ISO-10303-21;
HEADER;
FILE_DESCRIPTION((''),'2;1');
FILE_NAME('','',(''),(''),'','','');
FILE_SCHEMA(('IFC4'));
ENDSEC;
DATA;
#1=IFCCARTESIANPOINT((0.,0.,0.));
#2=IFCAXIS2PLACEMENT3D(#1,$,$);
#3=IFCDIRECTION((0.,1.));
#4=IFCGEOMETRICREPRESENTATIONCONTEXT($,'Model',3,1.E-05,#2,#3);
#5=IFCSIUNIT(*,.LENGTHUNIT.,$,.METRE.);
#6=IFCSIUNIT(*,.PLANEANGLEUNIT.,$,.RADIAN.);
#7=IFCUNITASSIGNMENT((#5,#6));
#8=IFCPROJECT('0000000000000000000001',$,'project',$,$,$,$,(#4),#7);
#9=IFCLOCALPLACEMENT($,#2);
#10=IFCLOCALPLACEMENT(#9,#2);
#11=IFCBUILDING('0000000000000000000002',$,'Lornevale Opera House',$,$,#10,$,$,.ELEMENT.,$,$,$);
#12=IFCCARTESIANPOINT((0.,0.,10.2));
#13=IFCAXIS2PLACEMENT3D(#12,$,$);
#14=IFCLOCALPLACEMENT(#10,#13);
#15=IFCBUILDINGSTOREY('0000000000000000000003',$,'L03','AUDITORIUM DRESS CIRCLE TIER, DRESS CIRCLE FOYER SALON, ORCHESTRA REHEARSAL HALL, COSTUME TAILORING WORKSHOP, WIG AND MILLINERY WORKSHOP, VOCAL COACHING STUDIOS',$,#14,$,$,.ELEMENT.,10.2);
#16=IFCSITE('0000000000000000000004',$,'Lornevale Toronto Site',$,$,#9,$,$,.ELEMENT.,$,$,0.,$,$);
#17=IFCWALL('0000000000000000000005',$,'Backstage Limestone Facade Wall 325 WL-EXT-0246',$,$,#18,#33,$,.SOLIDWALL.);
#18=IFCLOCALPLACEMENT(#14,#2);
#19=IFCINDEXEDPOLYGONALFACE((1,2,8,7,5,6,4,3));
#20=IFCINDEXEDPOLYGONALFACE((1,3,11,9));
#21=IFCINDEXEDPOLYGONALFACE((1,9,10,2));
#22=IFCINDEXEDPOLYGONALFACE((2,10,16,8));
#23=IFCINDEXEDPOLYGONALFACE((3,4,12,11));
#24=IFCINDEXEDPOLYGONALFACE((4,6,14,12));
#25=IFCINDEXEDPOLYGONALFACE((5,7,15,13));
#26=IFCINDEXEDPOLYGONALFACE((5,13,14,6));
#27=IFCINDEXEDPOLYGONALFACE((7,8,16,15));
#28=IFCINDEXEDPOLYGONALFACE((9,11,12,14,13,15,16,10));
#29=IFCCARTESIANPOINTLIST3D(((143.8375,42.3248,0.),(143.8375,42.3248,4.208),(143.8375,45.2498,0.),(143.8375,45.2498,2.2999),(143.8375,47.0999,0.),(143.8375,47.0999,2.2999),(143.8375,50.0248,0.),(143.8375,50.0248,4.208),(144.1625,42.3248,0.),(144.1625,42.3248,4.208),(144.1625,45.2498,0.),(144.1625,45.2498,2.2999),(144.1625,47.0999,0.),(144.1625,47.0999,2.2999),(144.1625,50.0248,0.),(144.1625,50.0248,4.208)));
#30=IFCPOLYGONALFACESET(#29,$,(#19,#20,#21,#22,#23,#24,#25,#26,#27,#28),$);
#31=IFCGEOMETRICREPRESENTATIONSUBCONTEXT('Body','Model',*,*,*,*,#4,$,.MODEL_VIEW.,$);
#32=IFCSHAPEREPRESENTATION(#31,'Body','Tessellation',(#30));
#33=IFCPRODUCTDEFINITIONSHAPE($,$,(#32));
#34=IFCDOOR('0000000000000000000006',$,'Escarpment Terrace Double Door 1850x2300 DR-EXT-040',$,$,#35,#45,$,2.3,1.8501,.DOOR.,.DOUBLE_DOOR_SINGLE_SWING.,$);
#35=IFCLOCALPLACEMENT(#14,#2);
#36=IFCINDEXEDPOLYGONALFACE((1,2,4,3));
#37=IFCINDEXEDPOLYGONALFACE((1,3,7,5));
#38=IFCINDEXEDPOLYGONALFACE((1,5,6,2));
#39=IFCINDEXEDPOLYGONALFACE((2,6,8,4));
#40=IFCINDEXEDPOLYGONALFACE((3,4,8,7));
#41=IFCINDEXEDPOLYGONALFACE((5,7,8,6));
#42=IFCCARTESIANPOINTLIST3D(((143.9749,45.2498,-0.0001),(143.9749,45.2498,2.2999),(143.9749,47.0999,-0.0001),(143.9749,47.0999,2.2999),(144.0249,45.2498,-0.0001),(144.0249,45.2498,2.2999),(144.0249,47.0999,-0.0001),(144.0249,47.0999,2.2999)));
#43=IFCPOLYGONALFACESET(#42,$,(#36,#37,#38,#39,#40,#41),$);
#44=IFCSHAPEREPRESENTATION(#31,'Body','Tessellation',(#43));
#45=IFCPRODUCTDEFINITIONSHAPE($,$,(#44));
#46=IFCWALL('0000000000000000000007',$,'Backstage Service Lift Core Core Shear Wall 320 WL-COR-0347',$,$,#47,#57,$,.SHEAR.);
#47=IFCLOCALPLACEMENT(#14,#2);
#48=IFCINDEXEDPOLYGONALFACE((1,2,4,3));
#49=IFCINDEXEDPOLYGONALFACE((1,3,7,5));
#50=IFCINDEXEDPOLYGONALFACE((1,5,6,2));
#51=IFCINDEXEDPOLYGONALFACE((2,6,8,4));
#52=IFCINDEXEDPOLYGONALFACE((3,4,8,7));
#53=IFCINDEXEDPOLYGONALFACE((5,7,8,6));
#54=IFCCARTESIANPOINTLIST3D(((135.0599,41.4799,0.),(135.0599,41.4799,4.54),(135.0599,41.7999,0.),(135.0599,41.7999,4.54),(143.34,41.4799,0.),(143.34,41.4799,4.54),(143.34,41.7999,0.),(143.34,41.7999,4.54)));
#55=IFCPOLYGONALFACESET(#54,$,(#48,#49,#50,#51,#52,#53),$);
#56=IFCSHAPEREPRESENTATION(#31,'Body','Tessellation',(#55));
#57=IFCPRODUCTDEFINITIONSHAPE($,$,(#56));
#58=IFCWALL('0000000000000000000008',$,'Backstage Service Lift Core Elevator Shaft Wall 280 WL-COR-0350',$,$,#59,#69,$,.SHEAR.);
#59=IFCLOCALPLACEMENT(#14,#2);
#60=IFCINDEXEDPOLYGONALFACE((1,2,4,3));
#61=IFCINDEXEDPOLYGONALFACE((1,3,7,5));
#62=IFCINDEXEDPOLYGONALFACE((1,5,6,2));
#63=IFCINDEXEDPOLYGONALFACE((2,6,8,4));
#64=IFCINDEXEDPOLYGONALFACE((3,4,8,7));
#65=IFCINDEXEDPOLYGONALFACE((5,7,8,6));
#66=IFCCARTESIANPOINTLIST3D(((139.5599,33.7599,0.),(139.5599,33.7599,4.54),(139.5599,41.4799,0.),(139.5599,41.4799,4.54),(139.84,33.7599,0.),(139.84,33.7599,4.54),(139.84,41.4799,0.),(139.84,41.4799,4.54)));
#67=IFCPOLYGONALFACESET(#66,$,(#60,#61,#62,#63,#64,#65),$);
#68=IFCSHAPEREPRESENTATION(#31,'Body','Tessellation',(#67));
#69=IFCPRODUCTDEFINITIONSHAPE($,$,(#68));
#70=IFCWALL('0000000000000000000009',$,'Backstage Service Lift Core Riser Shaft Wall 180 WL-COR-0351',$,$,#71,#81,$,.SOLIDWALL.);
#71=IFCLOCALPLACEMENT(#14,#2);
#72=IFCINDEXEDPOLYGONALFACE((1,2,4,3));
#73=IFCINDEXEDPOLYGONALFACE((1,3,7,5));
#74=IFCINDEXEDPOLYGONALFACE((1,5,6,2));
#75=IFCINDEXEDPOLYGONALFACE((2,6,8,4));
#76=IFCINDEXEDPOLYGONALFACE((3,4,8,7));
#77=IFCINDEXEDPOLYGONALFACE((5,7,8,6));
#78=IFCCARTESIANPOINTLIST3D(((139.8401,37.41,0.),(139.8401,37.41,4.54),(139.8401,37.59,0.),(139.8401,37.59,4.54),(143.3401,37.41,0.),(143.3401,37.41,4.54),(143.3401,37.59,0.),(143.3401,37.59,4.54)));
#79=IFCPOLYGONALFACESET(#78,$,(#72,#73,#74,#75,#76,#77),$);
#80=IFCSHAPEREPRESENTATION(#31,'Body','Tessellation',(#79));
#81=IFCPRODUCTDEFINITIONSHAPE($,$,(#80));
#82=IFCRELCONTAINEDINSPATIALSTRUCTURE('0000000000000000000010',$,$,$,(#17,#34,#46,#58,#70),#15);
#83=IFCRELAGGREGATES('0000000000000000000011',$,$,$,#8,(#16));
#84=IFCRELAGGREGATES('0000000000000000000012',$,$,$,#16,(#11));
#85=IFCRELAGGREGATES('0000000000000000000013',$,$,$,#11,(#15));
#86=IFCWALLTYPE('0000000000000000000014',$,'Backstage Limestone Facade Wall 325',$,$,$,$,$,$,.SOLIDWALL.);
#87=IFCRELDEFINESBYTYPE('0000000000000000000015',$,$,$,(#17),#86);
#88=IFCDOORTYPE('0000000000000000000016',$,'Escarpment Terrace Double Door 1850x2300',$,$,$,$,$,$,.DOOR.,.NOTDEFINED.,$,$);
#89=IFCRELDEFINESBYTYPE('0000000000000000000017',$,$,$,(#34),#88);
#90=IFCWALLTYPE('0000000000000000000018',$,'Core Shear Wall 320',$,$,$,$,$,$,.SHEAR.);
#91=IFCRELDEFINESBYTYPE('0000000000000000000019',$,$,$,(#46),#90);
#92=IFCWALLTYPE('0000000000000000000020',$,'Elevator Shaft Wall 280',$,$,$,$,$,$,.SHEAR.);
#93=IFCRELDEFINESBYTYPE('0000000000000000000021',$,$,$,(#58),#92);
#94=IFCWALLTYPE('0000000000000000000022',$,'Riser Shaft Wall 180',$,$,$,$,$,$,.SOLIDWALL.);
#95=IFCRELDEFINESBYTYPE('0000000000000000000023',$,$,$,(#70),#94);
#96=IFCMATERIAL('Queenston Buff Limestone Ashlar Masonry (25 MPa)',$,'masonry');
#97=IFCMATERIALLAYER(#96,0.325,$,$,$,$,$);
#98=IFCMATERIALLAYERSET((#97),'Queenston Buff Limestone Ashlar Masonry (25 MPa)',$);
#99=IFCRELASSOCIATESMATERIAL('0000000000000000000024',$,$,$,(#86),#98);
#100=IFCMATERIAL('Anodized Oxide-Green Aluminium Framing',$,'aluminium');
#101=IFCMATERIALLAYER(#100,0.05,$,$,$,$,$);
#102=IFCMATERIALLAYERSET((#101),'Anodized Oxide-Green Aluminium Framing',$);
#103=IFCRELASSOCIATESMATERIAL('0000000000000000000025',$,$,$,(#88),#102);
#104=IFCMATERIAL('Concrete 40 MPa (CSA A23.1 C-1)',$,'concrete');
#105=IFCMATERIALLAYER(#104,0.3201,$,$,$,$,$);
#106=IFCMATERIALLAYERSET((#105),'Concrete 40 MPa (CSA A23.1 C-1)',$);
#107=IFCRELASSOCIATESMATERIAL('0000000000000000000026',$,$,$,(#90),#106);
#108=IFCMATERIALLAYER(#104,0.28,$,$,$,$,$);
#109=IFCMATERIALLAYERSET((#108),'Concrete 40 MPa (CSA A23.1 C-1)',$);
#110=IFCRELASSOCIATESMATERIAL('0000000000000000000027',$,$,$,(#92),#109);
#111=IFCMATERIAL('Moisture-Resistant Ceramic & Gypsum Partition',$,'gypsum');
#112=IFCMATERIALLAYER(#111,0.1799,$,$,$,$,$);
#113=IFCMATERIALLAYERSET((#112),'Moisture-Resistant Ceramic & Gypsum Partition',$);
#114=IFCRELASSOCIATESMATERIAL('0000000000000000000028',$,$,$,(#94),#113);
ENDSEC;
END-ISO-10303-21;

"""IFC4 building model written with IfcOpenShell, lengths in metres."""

from ifc_helpers import new_model, si_unit, direction, frame, frame_2d, origin, place, context, subcontext, project, spatial, rectangle, extrude, material, layer, layer_set, type_object, element, fill, save


model = new_model("IFC4")

# Units and contexts
model_context = context("Model", 3, precision=1e-05, world=origin(), true_north=direction((0.0, 1.0)))
body_context = subcontext(model_context, "Body", "Model", "MODEL_VIEW")
ifc_project = project(units=[si_unit("LENGTHUNIT", "METRE"), si_unit("PLANEANGLEUNIT", "RADIAN")], contexts=[model_context])

# Site, building, storey
site_placement = place(None, origin())
site = spatial("IfcSite", under=ifc_project, at=site_placement, Name="Lornevale Toronto Site", CompositionType="ELEMENT", RefElevation=0.0)
building_placement = place(site_placement, origin())
building = spatial("IfcBuilding", under=site, at=building_placement, Name="Lornevale Opera House", CompositionType="ELEMENT")
storey_placement = place(building_placement, frame((0.0, 0.0, 10.2)))
storey = spatial("IfcBuildingStorey", under=building, at=storey_placement, Name="L03", Description="AUDITORIUM DRESS CIRCLE TIER, DRESS CIRCLE FOYER SALON, ORCHESTRA REHEARSAL HALL, COSTUME TAILORING WORKSHOP, WIG AND MILLINERY WORKSHOP, VOCAL COACHING STUDIOS", CompositionType="ELEMENT", Elevation=10.2)

# Shared definitions
ifc_material_1 = material(Name="Concrete 40 MPa (CSA A23.1 C-1)", Category="concrete")

# Shared definitions
ifc_material_2 = material(Name="Queenston Buff Limestone Ashlar Masonry (25 MPa)", Category="masonry")
ifc_layer_1 = layer(ifc_material_2, 0.325)
ifc_layer_set_1 = layer_set([ifc_layer_1], Name="Queenston Buff Limestone Ashlar Masonry (25 MPa)")
wall_type_1 = type_object("IfcWallType", Name="Backstage Limestone Facade Wall 325", PredefinedType="SOLIDWALL", material=ifc_layer_set_1)

# Wall, opening, door
wall_1_placement = place(storey_placement, frame((144.0, 50.0249, 0.0), z_axis=(0.0, 0.0, 1.0), x_axis=(0.0, -1.0, 0.0)))
wall_1 = element("IfcWall", 1, at=wall_1_placement, inside=storey, type_object=wall_type_1, Name="Backstage Limestone Facade Wall 325 WL-EXT-0246", PredefinedType="SOLIDWALL", context=body_context, shape_type="SweptSolid", body=[
    extrude(rectangle(XDim=7.7, YDim=0.325, at=frame_2d((3.8501, 0.0))), origin(), (0.0, 0.0, 1.0), 4.208),
])
opening_1_placement = place(wall_1_placement, frame((2.925, 0.0, 0.0)))
opening_1 = element("IfcOpeningElement", 2, at=opening_1_placement, cuts=wall_1, PredefinedType="OPENING", context=body_context, shape_type="SweptSolid", body=[
    extrude(rectangle(XDim=1.8501, YDim=2.3, at=frame_2d((0.925, 1.1499))), frame((0.0, 0.1724, 0.0), z_axis=(0.0, -1.0, 0.0), x_axis=(1.0, 0.0, 0.0)), (0.0, 0.0, 1.0), 0.345),
])
ifc_material_3 = material(Name="Anodized Oxide-Green Aluminium Framing", Category="aluminium")
ifc_layer_2 = layer(ifc_material_3, 0.05)
ifc_layer_set_2 = layer_set([ifc_layer_2], Name="Anodized Oxide-Green Aluminium Framing")
door_type_1 = type_object("IfcDoorType", Name="Escarpment Terrace Double Door 1850x2300", OperationType="NOTDEFINED", PredefinedType="DOOR", material=ifc_layer_set_2)
door_1_placement = place(opening_1_placement, origin())
door_1 = element("IfcDoor", 3, at=door_1_placement, inside=storey, type_object=door_type_1, Name="Escarpment Terrace Double Door 1850x2300 DR-EXT-040", OperationType="DOUBLE_DOOR_SINGLE_SWING", OverallHeight=2.3, OverallWidth=1.8501, PredefinedType="DOOR", context=body_context, shape_type="SweptSolid", body=[
    extrude(rectangle(XDim=1.8501, YDim=2.3, at=frame_2d((0.925, 1.1499))), frame((0.0, 0.0249, 0.0), z_axis=(0.0, -1.0, 0.0), x_axis=(1.0, 0.0, 0.0)), (0.0, 0.0, 1.0), 0.05),
])
fill(opening_1, door_1)

# Wall
ifc_layer_3 = layer(ifc_material_1, 0.3201)
ifc_layer_set_3 = layer_set([ifc_layer_3], Name="Concrete 40 MPa (CSA A23.1 C-1)")
wall_type_2 = type_object("IfcWallType", Name="Core Shear Wall 320", PredefinedType="SHEAR", material=ifc_layer_set_3)
wall_2_placement = place(storey_placement, frame((143.3401, 41.6399, 0.0), z_axis=(0.0, 0.0, 1.0), x_axis=(-1.0, 0.0, 0.0)))
element("IfcWall", 4, at=wall_2_placement, inside=storey, type_object=wall_type_2, Name="Backstage Service Lift Core Core Shear Wall 320 WL-COR-0347", PredefinedType="SHEAR", context=body_context, shape_type="SweptSolid", body=[
    extrude(rectangle(XDim=8.28, YDim=0.3201, at=frame_2d((4.1401, 0.0))), origin(), (0.0, 0.0, 1.0), 4.54),
])

# Shared definitions
ifc_layer_4 = layer(ifc_material_1, 0.28)
ifc_layer_set_4 = layer_set([ifc_layer_4], Name="Concrete 40 MPa (CSA A23.1 C-1)")
wall_type_3 = type_object("IfcWallType", Name="Elevator Shaft Wall 280", PredefinedType="SHEAR", material=ifc_layer_set_4)

# Walls
wall_3_placement = place(storey_placement, frame((139.7, 33.76, 0.0), z_axis=(0.0, 0.0, 1.0), x_axis=(0.0, 1.0, 0.0)))
element("IfcWall", 5, at=wall_3_placement, inside=storey, type_object=wall_type_3, Name="Backstage Service Lift Core Elevator Shaft Wall 280 WL-COR-0350", PredefinedType="SHEAR", context=body_context, shape_type="SweptSolid", body=[
    extrude(rectangle(XDim=7.72, YDim=0.28, at=frame_2d((3.8599, 0.0))), origin(), (0.0, 0.0, 1.0), 4.54),
])
ifc_material_4 = material(Name="Moisture-Resistant Ceramic & Gypsum Partition", Category="gypsum")
ifc_layer_5 = layer(ifc_material_4, 0.1799)
ifc_layer_set_5 = layer_set([ifc_layer_5], Name="Moisture-Resistant Ceramic & Gypsum Partition")
wall_type_4 = type_object("IfcWallType", Name="Riser Shaft Wall 180", PredefinedType="SOLIDWALL", material=ifc_layer_set_5)
wall_4_placement = place(storey_placement, frame((139.8401, 37.5, 0.0), z_axis=(0.0, 0.0, 1.0), x_axis=(1.0, 0.0, 0.0)))
element("IfcWall", 6, at=wall_4_placement, inside=storey, type_object=wall_type_4, Name="Backstage Service Lift Core Riser Shaft Wall 180 WL-COR-0351", PredefinedType="SOLIDWALL", context=body_context, shape_type="SweptSolid", body=[
    extrude(rectangle(XDim=3.5, YDim=0.1799, at=frame_2d((1.75, 0.0))), origin(), (0.0, 0.0, 1.0), 4.54),
])

save(model, "model.ifc")
